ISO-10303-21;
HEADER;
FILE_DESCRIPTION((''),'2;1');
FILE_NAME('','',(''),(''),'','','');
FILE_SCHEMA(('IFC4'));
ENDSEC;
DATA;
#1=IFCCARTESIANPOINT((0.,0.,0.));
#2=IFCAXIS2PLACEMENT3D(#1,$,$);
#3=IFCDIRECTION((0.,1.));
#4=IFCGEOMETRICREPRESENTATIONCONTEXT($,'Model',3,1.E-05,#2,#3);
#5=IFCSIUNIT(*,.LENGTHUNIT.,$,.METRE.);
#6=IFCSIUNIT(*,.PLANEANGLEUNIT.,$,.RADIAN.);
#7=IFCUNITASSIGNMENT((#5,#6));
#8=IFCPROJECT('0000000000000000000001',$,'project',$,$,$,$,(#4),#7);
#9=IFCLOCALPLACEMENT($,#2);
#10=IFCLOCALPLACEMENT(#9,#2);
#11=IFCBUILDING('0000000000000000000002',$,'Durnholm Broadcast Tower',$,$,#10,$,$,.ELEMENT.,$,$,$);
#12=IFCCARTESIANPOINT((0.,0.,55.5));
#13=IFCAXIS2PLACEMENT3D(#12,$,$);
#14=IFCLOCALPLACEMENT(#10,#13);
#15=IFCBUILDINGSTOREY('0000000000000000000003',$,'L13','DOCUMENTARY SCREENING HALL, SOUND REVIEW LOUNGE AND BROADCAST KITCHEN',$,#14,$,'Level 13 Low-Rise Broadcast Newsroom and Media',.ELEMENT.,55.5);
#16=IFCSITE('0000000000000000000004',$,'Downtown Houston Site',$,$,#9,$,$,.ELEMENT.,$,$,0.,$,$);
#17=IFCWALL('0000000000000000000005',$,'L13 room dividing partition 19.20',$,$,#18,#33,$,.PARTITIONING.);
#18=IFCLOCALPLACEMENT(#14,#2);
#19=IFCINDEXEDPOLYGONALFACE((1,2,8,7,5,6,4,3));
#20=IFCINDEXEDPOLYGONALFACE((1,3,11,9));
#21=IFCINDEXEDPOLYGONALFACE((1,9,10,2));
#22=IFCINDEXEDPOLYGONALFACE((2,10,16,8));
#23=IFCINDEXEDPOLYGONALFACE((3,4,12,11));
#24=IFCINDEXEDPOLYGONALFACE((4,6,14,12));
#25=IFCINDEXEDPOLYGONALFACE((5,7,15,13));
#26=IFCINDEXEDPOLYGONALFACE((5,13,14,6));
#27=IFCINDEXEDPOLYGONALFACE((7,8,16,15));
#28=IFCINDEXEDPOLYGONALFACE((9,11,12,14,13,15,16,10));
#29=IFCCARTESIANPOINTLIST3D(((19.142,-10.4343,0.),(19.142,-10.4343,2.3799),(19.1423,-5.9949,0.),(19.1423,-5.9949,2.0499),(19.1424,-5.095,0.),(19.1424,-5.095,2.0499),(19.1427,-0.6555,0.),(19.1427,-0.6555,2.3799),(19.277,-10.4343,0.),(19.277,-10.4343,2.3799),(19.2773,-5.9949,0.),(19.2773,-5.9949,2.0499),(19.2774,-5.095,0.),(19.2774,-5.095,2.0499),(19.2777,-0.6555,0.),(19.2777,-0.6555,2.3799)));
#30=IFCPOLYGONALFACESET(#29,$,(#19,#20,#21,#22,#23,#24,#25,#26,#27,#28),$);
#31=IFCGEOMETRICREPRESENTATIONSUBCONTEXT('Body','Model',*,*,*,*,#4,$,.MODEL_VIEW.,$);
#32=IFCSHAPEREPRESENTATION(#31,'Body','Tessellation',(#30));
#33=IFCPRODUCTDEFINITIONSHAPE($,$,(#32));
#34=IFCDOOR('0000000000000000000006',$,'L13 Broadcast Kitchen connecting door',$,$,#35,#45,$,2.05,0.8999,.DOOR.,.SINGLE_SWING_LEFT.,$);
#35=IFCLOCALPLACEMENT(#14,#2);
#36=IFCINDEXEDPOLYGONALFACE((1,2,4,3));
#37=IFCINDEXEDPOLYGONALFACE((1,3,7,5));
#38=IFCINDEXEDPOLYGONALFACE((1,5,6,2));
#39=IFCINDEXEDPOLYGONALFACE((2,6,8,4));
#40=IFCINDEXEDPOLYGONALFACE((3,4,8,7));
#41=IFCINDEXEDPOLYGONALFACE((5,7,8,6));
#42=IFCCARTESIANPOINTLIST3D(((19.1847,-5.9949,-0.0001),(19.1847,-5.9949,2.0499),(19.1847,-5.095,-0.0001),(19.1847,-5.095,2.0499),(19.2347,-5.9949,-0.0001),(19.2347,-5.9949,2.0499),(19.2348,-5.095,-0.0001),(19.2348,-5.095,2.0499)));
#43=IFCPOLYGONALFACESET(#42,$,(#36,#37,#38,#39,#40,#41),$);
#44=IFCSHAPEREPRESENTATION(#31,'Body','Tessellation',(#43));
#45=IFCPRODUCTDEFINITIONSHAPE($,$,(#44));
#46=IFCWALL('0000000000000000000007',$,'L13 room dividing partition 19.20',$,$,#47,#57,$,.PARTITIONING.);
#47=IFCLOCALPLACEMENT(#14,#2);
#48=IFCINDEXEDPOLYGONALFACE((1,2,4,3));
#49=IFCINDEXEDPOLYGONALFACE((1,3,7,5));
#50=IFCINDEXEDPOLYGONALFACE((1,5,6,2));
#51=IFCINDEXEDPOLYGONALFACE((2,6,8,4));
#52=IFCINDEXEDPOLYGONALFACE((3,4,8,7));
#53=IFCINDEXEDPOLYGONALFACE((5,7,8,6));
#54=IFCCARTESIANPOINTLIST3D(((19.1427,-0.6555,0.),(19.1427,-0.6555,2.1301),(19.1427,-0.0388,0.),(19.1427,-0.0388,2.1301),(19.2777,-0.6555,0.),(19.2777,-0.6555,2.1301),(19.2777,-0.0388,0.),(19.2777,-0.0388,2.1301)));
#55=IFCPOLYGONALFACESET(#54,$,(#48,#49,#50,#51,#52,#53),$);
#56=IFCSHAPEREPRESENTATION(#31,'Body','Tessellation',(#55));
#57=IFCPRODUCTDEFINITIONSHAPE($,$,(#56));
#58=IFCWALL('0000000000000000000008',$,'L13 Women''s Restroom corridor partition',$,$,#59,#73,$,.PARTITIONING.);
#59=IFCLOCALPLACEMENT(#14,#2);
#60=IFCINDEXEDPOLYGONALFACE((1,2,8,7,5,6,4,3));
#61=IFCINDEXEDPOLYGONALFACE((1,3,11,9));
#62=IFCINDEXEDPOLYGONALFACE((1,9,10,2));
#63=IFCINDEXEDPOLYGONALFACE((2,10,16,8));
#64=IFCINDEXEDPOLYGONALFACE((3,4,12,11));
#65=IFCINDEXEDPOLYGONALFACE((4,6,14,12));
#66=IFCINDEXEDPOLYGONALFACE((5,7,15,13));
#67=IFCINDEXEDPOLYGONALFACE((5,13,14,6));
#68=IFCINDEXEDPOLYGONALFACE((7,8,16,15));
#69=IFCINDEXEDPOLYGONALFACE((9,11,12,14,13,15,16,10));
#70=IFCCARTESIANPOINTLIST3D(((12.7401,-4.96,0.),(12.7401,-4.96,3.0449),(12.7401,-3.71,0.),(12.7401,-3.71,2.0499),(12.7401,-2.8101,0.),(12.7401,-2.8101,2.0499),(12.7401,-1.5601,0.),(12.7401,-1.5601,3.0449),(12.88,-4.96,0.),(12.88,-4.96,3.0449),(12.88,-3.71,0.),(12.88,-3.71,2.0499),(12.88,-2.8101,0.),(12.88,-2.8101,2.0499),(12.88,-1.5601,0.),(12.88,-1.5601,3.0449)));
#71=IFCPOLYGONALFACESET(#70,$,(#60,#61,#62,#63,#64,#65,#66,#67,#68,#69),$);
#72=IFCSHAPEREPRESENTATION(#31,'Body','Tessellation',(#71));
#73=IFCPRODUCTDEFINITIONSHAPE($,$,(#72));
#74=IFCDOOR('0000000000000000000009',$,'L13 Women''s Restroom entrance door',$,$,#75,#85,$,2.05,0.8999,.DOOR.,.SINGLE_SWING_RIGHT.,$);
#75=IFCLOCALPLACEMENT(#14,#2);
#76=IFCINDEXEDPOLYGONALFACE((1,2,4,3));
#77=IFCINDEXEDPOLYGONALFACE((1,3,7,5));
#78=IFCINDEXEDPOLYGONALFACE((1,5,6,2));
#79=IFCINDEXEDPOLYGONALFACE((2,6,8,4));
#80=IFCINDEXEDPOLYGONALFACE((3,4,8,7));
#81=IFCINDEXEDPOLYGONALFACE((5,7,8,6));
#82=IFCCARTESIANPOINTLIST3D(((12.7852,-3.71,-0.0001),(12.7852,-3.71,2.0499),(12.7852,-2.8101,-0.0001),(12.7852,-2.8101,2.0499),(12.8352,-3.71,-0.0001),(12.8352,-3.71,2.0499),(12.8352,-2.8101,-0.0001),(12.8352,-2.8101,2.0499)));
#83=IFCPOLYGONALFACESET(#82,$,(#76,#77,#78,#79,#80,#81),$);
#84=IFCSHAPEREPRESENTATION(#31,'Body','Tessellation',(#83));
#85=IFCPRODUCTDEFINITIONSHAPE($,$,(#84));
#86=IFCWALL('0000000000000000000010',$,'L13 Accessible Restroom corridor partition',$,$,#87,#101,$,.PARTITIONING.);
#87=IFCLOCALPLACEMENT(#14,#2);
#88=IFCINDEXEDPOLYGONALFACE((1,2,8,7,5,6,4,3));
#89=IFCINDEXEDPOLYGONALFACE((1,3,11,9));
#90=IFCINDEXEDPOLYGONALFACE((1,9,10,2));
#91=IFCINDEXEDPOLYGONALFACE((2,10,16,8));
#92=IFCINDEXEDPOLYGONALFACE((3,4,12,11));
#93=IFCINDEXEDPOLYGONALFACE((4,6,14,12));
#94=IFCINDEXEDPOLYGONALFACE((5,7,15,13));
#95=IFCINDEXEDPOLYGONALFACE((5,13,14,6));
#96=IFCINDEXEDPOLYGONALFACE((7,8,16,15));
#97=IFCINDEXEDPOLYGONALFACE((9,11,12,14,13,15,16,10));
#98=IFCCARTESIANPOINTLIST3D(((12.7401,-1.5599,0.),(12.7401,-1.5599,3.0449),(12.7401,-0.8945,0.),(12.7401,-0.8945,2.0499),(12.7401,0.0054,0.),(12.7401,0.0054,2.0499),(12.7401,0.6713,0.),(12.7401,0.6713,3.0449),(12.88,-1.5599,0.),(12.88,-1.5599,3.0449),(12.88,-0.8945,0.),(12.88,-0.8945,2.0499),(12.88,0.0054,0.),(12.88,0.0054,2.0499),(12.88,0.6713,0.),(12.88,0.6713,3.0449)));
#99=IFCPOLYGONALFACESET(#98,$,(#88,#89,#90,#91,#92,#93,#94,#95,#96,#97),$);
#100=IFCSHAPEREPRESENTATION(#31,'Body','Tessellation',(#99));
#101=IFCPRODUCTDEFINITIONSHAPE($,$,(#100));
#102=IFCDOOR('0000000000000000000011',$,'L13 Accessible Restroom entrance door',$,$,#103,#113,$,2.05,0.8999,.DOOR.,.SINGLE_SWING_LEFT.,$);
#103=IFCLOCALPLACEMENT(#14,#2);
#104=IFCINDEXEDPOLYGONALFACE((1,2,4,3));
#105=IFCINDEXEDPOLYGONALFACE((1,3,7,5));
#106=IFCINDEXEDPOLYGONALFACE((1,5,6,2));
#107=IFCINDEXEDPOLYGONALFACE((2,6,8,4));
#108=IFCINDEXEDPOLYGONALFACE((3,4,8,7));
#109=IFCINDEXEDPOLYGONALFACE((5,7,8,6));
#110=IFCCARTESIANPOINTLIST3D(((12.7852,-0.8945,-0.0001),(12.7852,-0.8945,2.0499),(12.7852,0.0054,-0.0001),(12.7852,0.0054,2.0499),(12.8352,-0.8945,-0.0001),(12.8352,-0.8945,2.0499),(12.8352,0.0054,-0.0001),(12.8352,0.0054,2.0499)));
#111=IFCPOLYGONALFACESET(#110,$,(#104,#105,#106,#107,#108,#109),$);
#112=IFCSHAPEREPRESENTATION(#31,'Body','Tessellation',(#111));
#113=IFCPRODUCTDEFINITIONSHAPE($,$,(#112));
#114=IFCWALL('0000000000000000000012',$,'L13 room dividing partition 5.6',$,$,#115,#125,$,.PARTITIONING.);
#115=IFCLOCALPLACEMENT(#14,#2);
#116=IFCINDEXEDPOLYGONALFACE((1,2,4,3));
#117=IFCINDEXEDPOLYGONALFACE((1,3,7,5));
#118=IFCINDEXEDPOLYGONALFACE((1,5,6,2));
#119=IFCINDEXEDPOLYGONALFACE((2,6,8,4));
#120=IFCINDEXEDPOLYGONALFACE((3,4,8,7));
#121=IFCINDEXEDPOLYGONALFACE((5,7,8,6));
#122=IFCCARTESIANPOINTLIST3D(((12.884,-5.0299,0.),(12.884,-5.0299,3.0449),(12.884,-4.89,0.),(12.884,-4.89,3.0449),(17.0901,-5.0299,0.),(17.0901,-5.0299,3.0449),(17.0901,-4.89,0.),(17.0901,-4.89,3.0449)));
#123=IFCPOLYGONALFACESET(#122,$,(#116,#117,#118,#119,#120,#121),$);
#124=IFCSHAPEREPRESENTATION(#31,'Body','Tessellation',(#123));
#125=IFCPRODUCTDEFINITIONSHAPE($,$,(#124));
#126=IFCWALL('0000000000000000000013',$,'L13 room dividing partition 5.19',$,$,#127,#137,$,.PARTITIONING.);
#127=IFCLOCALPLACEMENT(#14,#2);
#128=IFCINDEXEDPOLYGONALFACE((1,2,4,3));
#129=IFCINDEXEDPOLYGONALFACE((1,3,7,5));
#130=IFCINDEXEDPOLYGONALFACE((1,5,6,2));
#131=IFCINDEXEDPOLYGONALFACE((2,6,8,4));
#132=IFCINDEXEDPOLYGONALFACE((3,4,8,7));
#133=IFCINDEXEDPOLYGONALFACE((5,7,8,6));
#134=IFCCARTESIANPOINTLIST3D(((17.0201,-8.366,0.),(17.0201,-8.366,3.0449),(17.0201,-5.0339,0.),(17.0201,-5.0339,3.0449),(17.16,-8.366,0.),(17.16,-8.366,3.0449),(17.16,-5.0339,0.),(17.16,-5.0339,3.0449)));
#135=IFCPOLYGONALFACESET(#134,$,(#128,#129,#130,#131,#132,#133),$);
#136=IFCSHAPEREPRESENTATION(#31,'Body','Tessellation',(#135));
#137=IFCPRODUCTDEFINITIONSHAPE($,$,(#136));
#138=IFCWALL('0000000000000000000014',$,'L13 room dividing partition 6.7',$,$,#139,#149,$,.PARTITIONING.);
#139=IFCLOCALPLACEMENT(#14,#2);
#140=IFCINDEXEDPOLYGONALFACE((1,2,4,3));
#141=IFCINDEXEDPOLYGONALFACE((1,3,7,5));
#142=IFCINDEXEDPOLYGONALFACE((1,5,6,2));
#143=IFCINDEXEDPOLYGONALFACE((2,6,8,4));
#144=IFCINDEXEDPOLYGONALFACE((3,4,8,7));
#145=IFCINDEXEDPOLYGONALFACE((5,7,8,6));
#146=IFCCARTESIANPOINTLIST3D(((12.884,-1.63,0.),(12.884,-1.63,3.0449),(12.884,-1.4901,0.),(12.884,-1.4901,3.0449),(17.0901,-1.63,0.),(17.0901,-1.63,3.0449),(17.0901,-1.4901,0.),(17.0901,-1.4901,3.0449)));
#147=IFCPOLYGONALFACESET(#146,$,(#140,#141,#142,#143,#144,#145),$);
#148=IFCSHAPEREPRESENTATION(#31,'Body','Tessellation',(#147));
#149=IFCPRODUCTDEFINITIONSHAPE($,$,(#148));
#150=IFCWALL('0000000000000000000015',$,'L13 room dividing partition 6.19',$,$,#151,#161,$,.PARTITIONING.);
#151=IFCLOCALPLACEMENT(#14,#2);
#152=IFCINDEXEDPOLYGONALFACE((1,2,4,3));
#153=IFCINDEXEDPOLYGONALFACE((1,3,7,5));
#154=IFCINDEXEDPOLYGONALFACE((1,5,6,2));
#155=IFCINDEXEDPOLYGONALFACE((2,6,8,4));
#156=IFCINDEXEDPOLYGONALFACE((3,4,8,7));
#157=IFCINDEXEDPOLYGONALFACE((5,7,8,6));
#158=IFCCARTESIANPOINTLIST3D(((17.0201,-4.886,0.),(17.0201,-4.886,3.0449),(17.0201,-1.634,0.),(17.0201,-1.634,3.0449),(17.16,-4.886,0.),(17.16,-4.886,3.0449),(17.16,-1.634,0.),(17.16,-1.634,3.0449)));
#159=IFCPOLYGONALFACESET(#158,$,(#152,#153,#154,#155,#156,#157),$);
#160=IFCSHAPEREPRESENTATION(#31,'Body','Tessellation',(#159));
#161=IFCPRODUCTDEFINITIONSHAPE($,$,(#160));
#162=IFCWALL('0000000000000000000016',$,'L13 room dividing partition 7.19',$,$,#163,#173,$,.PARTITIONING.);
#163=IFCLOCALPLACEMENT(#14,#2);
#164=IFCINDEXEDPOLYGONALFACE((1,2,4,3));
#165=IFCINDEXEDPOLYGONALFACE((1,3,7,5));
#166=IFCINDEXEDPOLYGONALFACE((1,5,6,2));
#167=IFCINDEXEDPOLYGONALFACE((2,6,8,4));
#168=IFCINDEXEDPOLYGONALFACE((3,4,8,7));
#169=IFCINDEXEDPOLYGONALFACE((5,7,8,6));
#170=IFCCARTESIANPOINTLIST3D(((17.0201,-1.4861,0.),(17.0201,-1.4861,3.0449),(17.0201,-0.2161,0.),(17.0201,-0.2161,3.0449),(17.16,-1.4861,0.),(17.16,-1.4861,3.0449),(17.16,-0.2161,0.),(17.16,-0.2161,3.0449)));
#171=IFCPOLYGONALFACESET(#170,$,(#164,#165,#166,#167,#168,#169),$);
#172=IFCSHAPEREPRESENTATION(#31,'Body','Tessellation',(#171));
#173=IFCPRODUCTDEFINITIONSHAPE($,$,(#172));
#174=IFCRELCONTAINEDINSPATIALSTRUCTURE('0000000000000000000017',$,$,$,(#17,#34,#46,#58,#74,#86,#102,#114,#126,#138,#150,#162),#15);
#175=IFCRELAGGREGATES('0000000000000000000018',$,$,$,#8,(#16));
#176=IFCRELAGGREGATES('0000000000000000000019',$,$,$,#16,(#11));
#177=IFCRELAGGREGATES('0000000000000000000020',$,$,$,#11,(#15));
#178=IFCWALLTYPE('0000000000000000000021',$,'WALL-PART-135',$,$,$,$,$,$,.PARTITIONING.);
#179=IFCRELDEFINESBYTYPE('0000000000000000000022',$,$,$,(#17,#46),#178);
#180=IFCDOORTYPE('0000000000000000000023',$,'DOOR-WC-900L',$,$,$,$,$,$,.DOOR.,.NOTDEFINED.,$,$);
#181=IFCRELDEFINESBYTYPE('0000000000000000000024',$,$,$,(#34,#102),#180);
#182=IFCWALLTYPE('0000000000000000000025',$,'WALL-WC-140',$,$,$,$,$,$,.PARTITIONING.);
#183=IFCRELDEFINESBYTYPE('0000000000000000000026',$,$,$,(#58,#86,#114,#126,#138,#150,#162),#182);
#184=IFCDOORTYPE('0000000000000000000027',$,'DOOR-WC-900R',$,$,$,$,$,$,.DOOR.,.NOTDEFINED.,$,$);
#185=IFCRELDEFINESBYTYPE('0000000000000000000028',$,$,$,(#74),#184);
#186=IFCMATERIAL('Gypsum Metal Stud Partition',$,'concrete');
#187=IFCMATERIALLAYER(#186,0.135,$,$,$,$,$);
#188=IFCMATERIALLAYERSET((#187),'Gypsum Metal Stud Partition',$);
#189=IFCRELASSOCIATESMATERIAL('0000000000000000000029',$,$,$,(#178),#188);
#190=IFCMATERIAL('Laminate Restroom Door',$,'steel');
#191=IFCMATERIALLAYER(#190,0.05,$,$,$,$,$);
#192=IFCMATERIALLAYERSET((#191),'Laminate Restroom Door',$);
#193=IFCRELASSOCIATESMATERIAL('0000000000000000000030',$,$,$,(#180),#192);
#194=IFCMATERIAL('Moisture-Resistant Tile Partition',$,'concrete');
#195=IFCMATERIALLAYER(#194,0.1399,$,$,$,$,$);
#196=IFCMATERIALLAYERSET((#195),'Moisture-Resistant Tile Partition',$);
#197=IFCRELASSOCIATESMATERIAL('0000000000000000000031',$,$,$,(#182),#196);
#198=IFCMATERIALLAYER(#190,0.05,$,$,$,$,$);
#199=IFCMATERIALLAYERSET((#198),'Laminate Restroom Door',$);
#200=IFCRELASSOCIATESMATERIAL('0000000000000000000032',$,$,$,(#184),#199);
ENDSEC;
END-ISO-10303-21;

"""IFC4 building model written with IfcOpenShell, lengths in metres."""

from ifc_helpers import new_model, si_unit, direction, frame, frame_2d, origin, place, context, subcontext, project, spatial, rectangle, extrude, source, transform, mapped, material, layer, layer_set, type_object, type_shapes, element, fill, save


model = new_model("IFC4")

# Units and contexts
model_context = context("Model", 3, precision=1e-05, world=origin(), true_north=direction((0.0, 1.0)))
body_context = subcontext(model_context, "Body", "Model", "MODEL_VIEW")
ifc_project = project(units=[si_unit("LENGTHUNIT", "METRE"), si_unit("PLANEANGLEUNIT", "RADIAN")], contexts=[model_context])

# Site, building, storey
site_placement = place(None, origin())
site = spatial("IfcSite", under=ifc_project, at=site_placement, Name="Downtown Houston Site", CompositionType="ELEMENT", RefElevation=0.0)
building_placement = place(site_placement, origin())
building = spatial("IfcBuilding", under=site, at=building_placement, Name="Durnholm Broadcast Tower", CompositionType="ELEMENT")
storey_placement = place(building_placement, frame((0.0, 0.0, 55.5)))
storey = spatial("IfcBuildingStorey", under=building, at=storey_placement, Name="L13", Description="DOCUMENTARY SCREENING HALL, SOUND REVIEW LOUNGE AND BROADCAST KITCHEN", LongName="Level 13 Low-Rise Broadcast Newsroom and Media", CompositionType="ELEMENT", Elevation=55.5)

# Wall, opening, door
ifc_material_1 = material(Name="Gypsum Metal Stud Partition", Category="concrete")
ifc_layer_1 = layer(ifc_material_1, 0.135)
ifc_layer_set_1 = layer_set([ifc_layer_1], Name="Gypsum Metal Stud Partition")
wall_type_1 = type_object("IfcWallType", Name="WALL-PART-135", PredefinedType="PARTITIONING", material=ifc_layer_set_1)
wall_1_placement = place(storey_placement, frame((19.2102, -0.6555, 0.0), z_axis=(0.0, 0.0, 1.0), x_axis=(-0.000075, -1.0, 0.0)))
wall_1 = element("IfcWall", 1, at=wall_1_placement, inside=storey, type_object=wall_type_1, Name="L13 room dividing partition 19.20", PredefinedType="PARTITIONING", context=body_context, shape_type="SweptSolid", body=[
    extrude(rectangle(XDim=9.7788, YDim=0.135, at=frame_2d((4.8894, 0.0))), origin(), (0.0, 0.0, 1.0), 2.3799),
])
opening_1_placement = place(wall_1_placement, frame((4.4395, 0.0, 0.0)))
opening_1 = element("IfcOpeningElement", 2, at=opening_1_placement, cuts=wall_1, PredefinedType="OPENING", context=body_context, shape_type="SweptSolid", body=[
    extrude(rectangle(XDim=0.8999, YDim=2.05, at=frame_2d((0.45, 1.0249))), frame((0.0, 0.0776, 0.0), z_axis=(0.0, -1.0, 0.0), x_axis=(1.0, 0.0, 0.0)), (0.0, 0.0, 1.0), 0.155),
])
ifc_material_2 = material(Name="Laminate Restroom Door", Category="steel")
ifc_layer_2 = layer(ifc_material_2, 0.05)
ifc_layer_set_2 = layer_set([ifc_layer_2], Name="Laminate Restroom Door")
door_type_1 = type_object("IfcDoorType", Name="DOOR-WC-900L", OperationType="NOTDEFINED", PredefinedType="DOOR", material=ifc_layer_set_2)
shared_shape_1 = source(origin(), body_context, "Body", "SweptSolid", [
    extrude(rectangle(XDim=0.8999, YDim=2.05, at=frame_2d((0.45, 1.0249))), frame((0.0, 0.0249, 0.0), z_axis=(0.0, -1.0, 0.0), x_axis=(1.0, 0.0, 0.0)), (0.0, 0.0, 1.0), 0.05),
])
type_shapes(door_type_1, [shared_shape_1])
door_1_placement = place(opening_1_placement, origin())
door_1 = element("IfcDoor", 3, at=door_1_placement, inside=storey, type_object=door_type_1, Name="L13 Broadcast Kitchen connecting door", OperationType="SINGLE_SWING_LEFT", OverallHeight=2.05, OverallWidth=0.8999, PredefinedType="DOOR", context=body_context, shape_type="MappedRepresentation", body=[
    mapped(shared_shape_1, transform((0.0, 0.0, 0.0), x_axis=(1.0, 0.0, 0.0), y_axis=(0.0, 1.0, 0.0), z_axis=(0.0, 0.0, 1.0), scale=1.0)),
])
fill(opening_1, door_1)

# Wall
wall_2_placement = place(storey_placement, frame((19.2102, -0.0388, 0.0), z_axis=(0.0, 0.0, 1.0), x_axis=(0.0, -1.0, 0.0)))
element("IfcWall", 4, at=wall_2_placement, inside=storey, type_object=wall_type_1, Name="L13 room dividing partition 19.20", PredefinedType="PARTITIONING", context=body_context, shape_type="SweptSolid", body=[
    extrude(rectangle(XDim=0.6167, YDim=0.135, at=frame_2d((0.3083, 0.0))), origin(), (0.0, 0.0, 1.0), 2.1301),
])

# Walls, openings, doors
ifc_material_3 = material(Name="Moisture-Resistant Tile Partition", Category="concrete")
ifc_layer_3 = layer(ifc_material_3, 0.1399)
ifc_layer_set_3 = layer_set([ifc_layer_3], Name="Moisture-Resistant Tile Partition")
wall_type_2 = type_object("IfcWallType", Name="WALL-WC-140", PredefinedType="PARTITIONING", material=ifc_layer_set_3)
wall_3_placement = place(storey_placement, frame((12.8101, -4.96, 0.0), z_axis=(0.0, 0.0, 1.0), x_axis=(0.0, 1.0, 0.0)))
wall_3 = element("IfcWall", 5, at=wall_3_placement, inside=storey, type_object=wall_type_2, Name="L13 Women's Restroom corridor partition", PredefinedType="PARTITIONING", context=body_context, shape_type="SweptSolid", body=[
    extrude(rectangle(XDim=3.3999, YDim=0.1399, at=frame_2d((1.7, 0.0))), origin(), (0.0, 0.0, 1.0), 3.0449),
])
opening_2_placement = place(wall_3_placement, frame((1.25, 0.0, 0.0)))
opening_2 = element("IfcOpeningElement", 6, at=opening_2_placement, cuts=wall_3, PredefinedType="OPENING", context=body_context, shape_type="SweptSolid", body=[
    extrude(rectangle(XDim=0.8999, YDim=2.05, at=frame_2d((0.45, 1.0249))), frame((0.0, 0.0801, 0.0), z_axis=(0.0, -1.0, 0.0), x_axis=(1.0, 0.0, 0.0)), (0.0, 0.0, 1.0), 0.1599),
])
ifc_layer_4 = layer(ifc_material_2, 0.05)
ifc_layer_set_4 = layer_set([ifc_layer_4], Name="Laminate Restroom Door")
door_type_2 = type_object("IfcDoorType", Name="DOOR-WC-900R", OperationType="NOTDEFINED", PredefinedType="DOOR", material=ifc_layer_set_4)
shared_shape_2 = source(origin(), body_context, "Body", "SweptSolid", [
    extrude(rectangle(XDim=0.8999, YDim=2.05, at=frame_2d((0.45, 1.0249))), frame((0.0, 0.0249, 0.0), z_axis=(0.0, -1.0, 0.0), x_axis=(1.0, 0.0, 0.0)), (0.0, 0.0, 1.0), 0.05),
])
type_shapes(door_type_2, [shared_shape_2])
door_2_placement = place(opening_2_placement, origin())
door_2 = element("IfcDoor", 7, at=door_2_placement, inside=storey, type_object=door_type_2, Name="L13 Women's Restroom entrance door", OperationType="SINGLE_SWING_RIGHT", OverallHeight=2.05, OverallWidth=0.8999, PredefinedType="DOOR", context=body_context, shape_type="MappedRepresentation", body=[
    mapped(shared_shape_2, transform((0.0, 0.0, 0.0), x_axis=(1.0, 0.0, 0.0), y_axis=(0.0, 1.0, 0.0), z_axis=(0.0, 0.0, 1.0), scale=1.0)),
])
fill(opening_2, door_2)
wall_4_placement = place(storey_placement, frame((12.8101, -1.5601, 0.0), z_axis=(0.0, 0.0, 1.0), x_axis=(0.0, 1.0, 0.0)))
wall_4 = element("IfcWall", 8, at=wall_4_placement, inside=storey, type_object=wall_type_2, Name="L13 Accessible Restroom corridor partition", PredefinedType="PARTITIONING", context=body_context, shape_type="SweptSolid", body=[
    extrude(rectangle(XDim=2.2312, YDim=0.1399, at=frame_2d((1.1157, 0.0))), origin(), (0.0, 0.0, 1.0), 3.0449),
])
opening_3_placement = place(wall_4_placement, frame((0.6655, 0.0, 0.0)))
opening_3 = element("IfcOpeningElement", 9, at=opening_3_placement, cuts=wall_4, PredefinedType="OPENING", context=body_context, shape_type="SweptSolid", body=[
    extrude(rectangle(XDim=0.8999, YDim=2.05, at=frame_2d((0.45, 1.0249))), frame((0.0, 0.0801, 0.0), z_axis=(0.0, -1.0, 0.0), x_axis=(1.0, 0.0, 0.0)), (0.0, 0.0, 1.0), 0.1599),
])
door_3_placement = place(opening_3_placement, origin())
door_3 = element("IfcDoor", 10, at=door_3_placement, inside=storey, type_object=door_type_1, Name="L13 Accessible Restroom entrance door", OperationType="SINGLE_SWING_LEFT", OverallHeight=2.05, OverallWidth=0.8999, PredefinedType="DOOR", context=body_context, shape_type="MappedRepresentation", body=[
    mapped(shared_shape_1, transform((0.0, 0.0, 0.0), x_axis=(1.0, 0.0, 0.0), y_axis=(0.0, 1.0, 0.0), z_axis=(0.0, 0.0, 1.0), scale=1.0)),
])
fill(opening_3, door_3)

# Walls
wall_5_placement = place(storey_placement, frame((12.884, -4.96, 0.0), z_axis=(0.0, 0.0, 1.0), x_axis=(1.0, 0.0, 0.0)))
element("IfcWall", 11, at=wall_5_placement, inside=storey, type_object=wall_type_2, Name="L13 room dividing partition 5.6", PredefinedType="PARTITIONING", context=body_context, shape_type="SweptSolid", body=[
    extrude(rectangle(XDim=4.2061, YDim=0.1399, at=frame_2d((2.103, 0.0))), origin(), (0.0, 0.0, 1.0), 3.0449),
])
wall_6_placement = place(storey_placement, frame((17.0901, -5.0339, 0.0), z_axis=(0.0, 0.0, 1.0), x_axis=(0.0, -1.0, 0.0)))
element("IfcWall", 12, at=wall_6_placement, inside=storey, type_object=wall_type_2, Name="L13 room dividing partition 5.19", PredefinedType="PARTITIONING", context=body_context, shape_type="SweptSolid", body=[
    extrude(rectangle(XDim=3.332, YDim=0.1399, at=frame_2d((1.666, 0.0))), origin(), (0.0, 0.0, 1.0), 3.0449),
])
wall_7_placement = place(storey_placement, frame((12.884, -1.5601, 0.0), z_axis=(0.0, 0.0, 1.0), x_axis=(1.0, 0.0, 0.0)))
element("IfcWall", 13, at=wall_7_placement, inside=storey, type_object=wall_type_2, Name="L13 room dividing partition 6.7", PredefinedType="PARTITIONING", context=body_context, shape_type="SweptSolid", body=[
    extrude(rectangle(XDim=4.2061, YDim=0.1399, at=frame_2d((2.103, 0.0))), origin(), (0.0, 0.0, 1.0), 3.0449),
])
wall_8_placement = place(storey_placement, frame((17.0901, -1.634, 0.0), z_axis=(0.0, 0.0, 1.0), x_axis=(0.0, -1.0, 0.0)))
element("IfcWall", 14, at=wall_8_placement, inside=storey, type_object=wall_type_2, Name="L13 room dividing partition 6.19", PredefinedType="PARTITIONING", context=body_context, shape_type="SweptSolid", body=[
    extrude(rectangle(XDim=3.252, YDim=0.1399, at=frame_2d((1.626, 0.0))), origin(), (0.0, 0.0, 1.0), 3.0449),
])
wall_9_placement = place(storey_placement, frame((17.0901, -0.2161, 0.0), z_axis=(0.0, 0.0, 1.0), x_axis=(0.0, -1.0, 0.0)))
element("IfcWall", 15, at=wall_9_placement, inside=storey, type_object=wall_type_2, Name="L13 room dividing partition 7.19", PredefinedType="PARTITIONING", context=body_context, shape_type="SweptSolid", body=[
    extrude(rectangle(XDim=1.27, YDim=0.1399, at=frame_2d((0.635, 0.0))), origin(), (0.0, 0.0, 1.0), 3.0449),
])

save(model, "model.ifc")
